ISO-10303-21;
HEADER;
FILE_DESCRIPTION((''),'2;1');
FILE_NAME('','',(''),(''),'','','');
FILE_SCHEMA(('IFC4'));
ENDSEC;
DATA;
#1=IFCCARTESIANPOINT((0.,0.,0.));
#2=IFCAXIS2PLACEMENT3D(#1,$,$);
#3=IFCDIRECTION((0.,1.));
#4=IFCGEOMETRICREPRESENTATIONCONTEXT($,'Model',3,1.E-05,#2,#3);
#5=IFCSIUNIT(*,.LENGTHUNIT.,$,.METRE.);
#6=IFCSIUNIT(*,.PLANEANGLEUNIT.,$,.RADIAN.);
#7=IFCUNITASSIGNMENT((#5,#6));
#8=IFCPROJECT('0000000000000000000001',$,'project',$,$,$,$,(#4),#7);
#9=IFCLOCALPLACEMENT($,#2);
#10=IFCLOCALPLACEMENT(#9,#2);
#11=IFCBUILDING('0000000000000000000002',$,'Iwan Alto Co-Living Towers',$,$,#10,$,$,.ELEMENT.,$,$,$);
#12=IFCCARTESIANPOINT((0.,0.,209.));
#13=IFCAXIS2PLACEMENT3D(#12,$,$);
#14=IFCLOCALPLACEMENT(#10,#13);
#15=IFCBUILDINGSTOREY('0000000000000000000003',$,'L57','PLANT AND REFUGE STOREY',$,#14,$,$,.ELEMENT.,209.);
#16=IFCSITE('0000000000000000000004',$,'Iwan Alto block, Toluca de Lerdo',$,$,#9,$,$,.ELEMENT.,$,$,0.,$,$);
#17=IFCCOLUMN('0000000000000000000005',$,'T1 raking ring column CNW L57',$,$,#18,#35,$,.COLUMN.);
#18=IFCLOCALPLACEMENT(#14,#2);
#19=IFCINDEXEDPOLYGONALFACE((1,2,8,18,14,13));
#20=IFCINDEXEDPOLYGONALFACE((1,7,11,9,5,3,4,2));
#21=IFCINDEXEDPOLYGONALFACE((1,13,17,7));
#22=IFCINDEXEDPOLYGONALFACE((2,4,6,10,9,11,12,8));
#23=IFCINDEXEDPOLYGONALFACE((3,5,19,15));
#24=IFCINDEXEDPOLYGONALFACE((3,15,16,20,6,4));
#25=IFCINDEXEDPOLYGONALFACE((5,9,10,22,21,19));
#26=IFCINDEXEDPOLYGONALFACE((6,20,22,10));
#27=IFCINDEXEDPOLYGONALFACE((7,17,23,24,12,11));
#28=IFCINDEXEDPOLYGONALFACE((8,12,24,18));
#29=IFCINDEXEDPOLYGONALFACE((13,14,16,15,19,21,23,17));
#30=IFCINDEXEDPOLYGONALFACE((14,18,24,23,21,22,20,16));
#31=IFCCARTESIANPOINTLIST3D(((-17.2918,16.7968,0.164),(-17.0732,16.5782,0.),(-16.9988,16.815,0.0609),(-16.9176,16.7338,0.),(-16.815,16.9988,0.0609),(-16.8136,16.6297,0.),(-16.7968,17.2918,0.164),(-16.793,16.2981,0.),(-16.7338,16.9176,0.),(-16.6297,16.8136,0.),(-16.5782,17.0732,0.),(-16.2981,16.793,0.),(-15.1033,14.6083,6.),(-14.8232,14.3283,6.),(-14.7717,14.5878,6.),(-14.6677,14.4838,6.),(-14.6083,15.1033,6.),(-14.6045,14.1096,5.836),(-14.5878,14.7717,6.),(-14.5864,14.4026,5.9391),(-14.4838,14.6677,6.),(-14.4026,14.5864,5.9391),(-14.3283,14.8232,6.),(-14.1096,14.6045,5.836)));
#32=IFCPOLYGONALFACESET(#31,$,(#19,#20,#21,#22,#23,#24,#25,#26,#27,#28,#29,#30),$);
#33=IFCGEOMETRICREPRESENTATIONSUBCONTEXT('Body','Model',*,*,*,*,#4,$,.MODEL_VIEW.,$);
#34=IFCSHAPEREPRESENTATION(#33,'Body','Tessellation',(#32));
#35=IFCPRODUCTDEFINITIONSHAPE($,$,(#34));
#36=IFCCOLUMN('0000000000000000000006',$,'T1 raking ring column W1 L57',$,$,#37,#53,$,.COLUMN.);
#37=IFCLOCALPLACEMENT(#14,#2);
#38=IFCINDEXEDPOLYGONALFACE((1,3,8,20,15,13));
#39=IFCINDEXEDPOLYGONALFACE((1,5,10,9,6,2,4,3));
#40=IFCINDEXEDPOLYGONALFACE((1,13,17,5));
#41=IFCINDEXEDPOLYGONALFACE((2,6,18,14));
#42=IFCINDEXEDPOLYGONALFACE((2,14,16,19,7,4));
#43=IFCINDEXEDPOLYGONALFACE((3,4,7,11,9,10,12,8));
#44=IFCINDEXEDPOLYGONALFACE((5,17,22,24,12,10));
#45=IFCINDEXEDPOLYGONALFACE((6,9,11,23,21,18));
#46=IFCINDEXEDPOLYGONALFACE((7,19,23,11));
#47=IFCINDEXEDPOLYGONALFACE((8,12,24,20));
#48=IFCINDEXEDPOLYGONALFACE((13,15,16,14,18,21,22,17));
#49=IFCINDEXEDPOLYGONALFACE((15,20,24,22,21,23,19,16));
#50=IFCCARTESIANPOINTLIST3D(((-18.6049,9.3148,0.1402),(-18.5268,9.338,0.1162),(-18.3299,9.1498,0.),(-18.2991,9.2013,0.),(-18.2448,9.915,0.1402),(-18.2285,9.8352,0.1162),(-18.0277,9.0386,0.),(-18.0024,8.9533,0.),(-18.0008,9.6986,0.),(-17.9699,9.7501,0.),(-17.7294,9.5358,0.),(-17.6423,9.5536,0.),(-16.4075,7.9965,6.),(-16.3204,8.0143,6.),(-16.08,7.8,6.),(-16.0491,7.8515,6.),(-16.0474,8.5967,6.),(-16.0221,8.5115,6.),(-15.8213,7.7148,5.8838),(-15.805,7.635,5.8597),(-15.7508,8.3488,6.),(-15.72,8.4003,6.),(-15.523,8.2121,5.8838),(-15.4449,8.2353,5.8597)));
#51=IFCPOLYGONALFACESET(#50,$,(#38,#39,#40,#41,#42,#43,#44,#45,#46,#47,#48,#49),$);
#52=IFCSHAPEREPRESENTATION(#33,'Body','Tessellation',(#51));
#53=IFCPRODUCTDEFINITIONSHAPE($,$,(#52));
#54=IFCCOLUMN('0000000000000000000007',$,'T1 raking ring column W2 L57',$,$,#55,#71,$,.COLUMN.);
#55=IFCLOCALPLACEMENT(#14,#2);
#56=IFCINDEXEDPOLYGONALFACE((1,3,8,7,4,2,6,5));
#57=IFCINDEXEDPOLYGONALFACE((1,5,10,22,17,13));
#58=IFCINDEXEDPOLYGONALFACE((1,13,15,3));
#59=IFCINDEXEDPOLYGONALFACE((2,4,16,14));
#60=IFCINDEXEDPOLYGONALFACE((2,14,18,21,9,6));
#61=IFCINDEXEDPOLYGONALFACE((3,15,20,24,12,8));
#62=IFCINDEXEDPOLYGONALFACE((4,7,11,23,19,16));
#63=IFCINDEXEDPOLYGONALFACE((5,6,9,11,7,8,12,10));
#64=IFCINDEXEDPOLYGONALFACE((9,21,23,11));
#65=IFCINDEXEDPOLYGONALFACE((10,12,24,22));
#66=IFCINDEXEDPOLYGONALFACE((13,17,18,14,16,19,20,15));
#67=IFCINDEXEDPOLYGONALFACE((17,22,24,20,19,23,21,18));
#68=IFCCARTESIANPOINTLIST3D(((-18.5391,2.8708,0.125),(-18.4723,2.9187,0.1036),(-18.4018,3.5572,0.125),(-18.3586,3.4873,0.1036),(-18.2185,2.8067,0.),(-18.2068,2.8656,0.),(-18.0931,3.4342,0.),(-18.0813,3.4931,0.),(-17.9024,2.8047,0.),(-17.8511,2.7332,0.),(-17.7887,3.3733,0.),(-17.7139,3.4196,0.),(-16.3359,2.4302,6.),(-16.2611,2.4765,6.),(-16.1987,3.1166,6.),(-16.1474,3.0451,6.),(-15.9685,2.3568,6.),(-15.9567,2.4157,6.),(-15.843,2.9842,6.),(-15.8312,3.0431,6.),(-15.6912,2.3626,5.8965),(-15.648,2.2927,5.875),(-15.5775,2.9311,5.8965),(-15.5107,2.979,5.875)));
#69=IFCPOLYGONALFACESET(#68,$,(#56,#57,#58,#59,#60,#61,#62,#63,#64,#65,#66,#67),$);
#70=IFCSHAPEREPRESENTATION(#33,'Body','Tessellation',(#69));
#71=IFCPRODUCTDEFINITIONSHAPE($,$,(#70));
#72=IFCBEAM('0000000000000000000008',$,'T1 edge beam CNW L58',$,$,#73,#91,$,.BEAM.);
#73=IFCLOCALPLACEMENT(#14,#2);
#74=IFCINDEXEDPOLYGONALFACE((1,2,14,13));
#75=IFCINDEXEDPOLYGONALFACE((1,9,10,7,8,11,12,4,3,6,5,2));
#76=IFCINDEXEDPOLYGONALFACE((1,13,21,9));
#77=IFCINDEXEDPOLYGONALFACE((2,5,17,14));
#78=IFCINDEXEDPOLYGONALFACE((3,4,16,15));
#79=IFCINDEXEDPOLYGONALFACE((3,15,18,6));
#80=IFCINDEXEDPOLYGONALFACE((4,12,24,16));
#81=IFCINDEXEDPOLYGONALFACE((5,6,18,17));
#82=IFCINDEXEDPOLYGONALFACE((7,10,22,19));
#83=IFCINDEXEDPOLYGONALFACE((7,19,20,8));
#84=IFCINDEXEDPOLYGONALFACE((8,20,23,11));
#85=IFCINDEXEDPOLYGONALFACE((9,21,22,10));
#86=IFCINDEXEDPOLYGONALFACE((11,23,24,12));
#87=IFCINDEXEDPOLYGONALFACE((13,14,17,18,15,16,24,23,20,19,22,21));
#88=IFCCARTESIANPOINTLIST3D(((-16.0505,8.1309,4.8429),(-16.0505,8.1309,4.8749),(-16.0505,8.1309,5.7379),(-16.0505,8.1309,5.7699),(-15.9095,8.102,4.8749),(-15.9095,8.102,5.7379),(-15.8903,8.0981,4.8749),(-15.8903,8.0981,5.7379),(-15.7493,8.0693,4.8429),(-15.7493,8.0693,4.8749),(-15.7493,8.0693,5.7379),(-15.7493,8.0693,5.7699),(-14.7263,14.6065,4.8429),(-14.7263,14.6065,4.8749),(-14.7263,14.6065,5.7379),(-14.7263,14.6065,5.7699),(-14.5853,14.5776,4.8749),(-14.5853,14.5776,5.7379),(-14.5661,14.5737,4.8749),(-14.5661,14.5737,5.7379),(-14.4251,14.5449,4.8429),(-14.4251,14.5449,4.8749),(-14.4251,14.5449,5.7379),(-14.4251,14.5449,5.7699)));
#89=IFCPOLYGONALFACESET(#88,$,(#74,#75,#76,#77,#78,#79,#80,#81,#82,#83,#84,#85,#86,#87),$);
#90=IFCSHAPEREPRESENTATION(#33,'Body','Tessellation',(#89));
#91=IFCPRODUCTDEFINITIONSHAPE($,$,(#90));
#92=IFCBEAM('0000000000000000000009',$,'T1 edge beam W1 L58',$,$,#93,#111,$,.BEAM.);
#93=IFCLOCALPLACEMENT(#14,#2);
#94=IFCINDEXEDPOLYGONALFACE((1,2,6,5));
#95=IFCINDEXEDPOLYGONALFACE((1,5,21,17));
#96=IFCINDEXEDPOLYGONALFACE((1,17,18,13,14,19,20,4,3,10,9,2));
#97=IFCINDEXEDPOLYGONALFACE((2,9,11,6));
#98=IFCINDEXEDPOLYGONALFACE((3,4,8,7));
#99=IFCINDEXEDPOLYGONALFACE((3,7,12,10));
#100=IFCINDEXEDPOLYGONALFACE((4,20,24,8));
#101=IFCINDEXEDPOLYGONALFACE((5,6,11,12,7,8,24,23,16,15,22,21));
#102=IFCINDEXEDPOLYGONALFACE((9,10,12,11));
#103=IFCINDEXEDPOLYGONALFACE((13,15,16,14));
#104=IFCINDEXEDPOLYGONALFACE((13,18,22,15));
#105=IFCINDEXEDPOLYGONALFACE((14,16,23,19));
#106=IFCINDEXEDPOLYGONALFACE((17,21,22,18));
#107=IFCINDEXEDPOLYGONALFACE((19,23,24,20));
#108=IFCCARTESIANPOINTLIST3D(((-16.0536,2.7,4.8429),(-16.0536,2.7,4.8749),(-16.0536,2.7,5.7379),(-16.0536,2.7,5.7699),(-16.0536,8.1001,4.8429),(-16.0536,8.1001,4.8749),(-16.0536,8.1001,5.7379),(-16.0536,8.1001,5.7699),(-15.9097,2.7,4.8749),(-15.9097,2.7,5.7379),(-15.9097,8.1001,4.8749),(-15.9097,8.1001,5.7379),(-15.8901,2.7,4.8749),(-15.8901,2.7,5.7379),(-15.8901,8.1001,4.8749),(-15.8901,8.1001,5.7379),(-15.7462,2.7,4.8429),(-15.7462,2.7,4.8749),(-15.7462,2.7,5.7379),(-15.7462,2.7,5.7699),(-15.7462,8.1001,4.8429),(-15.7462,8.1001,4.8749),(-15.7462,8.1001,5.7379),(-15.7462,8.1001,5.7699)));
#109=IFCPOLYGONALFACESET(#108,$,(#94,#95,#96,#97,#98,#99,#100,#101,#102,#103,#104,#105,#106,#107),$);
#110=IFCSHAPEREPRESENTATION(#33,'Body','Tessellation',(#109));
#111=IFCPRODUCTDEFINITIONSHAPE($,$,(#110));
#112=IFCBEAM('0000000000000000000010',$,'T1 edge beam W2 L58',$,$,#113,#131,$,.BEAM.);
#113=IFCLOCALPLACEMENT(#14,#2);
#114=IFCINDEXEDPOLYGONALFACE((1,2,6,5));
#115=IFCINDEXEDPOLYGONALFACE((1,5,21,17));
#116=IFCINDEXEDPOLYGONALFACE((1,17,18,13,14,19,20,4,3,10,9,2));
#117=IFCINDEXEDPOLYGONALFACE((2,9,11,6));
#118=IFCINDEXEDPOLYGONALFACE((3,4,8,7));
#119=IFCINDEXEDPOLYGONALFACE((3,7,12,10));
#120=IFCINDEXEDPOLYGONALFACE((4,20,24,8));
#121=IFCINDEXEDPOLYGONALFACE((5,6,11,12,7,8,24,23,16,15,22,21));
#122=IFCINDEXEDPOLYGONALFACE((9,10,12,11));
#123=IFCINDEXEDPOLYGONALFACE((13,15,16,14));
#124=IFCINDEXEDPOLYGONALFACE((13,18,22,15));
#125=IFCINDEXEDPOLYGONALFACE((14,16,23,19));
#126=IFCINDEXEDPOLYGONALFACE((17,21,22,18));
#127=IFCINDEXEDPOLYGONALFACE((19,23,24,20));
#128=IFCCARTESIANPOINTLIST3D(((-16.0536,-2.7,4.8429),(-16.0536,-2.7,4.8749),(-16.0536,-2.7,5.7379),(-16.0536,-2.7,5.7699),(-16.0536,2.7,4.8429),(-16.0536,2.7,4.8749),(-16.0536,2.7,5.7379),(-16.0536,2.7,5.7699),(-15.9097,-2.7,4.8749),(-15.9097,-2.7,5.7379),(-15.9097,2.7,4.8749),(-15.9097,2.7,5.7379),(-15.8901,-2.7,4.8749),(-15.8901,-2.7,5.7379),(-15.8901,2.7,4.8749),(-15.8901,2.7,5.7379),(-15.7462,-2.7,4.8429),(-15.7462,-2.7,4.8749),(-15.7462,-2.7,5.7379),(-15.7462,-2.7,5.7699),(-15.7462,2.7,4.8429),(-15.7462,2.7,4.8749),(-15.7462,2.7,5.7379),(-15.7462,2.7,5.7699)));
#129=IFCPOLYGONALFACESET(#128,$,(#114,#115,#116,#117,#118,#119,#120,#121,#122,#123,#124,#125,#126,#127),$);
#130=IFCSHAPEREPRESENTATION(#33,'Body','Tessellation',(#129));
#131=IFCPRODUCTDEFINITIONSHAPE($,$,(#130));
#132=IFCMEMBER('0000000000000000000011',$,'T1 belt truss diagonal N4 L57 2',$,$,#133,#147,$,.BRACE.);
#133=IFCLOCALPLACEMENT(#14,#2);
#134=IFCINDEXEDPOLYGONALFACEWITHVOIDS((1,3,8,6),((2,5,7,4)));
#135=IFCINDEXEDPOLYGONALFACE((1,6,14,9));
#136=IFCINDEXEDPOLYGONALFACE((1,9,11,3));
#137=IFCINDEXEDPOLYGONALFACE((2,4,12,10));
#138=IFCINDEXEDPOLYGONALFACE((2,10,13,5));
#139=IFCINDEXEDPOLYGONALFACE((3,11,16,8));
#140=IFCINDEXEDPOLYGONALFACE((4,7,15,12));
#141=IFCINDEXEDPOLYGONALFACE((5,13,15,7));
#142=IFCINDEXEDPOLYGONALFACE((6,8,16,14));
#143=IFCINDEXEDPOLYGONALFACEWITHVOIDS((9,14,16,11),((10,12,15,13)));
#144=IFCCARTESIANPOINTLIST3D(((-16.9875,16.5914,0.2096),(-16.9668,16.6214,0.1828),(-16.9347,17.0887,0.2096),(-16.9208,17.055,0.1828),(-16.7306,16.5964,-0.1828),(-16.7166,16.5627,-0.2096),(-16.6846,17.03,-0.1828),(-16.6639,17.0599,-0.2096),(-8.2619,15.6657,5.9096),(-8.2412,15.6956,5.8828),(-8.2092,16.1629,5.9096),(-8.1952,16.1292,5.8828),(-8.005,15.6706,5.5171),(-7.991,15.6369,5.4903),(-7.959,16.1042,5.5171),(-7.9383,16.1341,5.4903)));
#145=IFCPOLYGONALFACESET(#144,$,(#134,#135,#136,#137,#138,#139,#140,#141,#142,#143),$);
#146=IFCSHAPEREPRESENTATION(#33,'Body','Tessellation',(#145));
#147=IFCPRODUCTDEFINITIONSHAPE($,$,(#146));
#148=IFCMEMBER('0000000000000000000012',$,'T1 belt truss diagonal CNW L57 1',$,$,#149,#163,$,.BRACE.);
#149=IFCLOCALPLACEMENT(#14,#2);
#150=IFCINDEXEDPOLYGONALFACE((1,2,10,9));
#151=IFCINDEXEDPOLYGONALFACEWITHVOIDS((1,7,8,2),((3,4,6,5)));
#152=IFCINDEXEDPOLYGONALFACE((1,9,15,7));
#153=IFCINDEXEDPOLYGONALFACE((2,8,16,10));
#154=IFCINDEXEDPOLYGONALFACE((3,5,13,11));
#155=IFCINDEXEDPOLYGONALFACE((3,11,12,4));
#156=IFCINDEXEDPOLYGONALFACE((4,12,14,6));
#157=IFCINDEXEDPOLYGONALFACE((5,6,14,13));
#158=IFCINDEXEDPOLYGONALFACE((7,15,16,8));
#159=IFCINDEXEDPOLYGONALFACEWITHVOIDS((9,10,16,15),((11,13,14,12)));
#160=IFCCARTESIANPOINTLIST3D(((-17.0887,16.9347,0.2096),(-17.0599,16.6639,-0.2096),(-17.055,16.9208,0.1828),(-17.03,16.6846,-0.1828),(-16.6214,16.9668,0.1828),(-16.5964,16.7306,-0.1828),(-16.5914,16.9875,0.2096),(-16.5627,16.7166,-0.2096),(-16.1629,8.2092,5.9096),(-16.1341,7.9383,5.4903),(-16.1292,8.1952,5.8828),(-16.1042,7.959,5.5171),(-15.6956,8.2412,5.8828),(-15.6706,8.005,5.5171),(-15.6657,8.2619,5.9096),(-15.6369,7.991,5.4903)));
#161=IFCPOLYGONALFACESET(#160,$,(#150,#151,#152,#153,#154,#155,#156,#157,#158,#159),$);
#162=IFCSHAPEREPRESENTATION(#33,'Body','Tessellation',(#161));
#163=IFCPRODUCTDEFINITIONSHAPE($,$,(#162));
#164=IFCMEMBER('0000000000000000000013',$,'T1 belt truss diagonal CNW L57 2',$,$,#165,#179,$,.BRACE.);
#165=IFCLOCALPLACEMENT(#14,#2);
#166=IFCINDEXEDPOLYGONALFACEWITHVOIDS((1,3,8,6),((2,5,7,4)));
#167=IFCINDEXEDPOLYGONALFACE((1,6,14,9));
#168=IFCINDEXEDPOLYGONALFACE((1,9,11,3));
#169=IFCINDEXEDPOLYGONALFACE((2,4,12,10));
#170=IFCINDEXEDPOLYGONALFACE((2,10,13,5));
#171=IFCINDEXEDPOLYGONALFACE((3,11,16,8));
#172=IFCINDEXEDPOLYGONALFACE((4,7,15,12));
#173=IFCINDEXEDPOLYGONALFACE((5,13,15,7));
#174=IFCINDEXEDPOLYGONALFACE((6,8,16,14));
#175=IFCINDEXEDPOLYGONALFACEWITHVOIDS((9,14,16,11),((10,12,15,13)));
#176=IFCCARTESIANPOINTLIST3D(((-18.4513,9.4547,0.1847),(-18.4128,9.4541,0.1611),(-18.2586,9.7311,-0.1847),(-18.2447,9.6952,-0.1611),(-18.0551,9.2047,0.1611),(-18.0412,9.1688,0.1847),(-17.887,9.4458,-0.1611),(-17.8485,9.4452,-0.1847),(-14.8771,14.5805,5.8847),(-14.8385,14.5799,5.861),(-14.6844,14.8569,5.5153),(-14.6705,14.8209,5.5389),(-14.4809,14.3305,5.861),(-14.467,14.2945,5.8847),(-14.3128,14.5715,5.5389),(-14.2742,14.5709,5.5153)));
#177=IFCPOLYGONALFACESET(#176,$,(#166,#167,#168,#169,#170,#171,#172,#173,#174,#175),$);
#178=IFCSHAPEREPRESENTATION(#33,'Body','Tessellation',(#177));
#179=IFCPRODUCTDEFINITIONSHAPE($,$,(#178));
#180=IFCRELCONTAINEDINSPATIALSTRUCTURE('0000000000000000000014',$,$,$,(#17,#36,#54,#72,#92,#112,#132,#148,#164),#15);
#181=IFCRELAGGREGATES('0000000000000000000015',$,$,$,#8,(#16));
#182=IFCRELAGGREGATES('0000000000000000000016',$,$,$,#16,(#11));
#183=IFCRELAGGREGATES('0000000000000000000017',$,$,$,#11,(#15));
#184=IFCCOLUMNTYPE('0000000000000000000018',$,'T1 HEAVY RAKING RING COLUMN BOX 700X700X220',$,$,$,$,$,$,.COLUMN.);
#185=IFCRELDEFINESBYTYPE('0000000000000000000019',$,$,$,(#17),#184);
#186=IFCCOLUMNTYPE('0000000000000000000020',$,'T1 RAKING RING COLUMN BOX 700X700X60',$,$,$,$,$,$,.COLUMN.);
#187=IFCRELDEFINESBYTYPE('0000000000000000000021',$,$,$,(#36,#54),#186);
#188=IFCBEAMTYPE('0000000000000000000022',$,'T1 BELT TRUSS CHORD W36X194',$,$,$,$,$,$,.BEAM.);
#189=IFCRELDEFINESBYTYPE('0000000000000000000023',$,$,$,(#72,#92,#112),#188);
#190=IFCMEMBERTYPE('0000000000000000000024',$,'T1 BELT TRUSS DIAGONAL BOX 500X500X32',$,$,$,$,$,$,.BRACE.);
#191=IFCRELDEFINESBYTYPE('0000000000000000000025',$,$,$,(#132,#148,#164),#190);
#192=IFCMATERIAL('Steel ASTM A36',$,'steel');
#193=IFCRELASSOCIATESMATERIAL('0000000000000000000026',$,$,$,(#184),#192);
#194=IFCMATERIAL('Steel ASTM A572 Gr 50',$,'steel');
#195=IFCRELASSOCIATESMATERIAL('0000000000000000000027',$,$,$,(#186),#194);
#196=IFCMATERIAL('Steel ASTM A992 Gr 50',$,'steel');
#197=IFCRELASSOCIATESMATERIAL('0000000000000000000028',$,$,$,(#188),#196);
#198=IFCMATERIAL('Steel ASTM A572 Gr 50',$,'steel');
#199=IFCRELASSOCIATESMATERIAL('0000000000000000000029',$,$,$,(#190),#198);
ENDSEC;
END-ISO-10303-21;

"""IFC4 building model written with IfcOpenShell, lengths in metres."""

from ifc_helpers import new_model, si_unit, direction, frame, origin, origin_2d, place, context, subcontext, project, spatial, hollow_rectangle, i_section, extrude, clip, halfspace, material, material_profile, profile_set, type_object, element, save


model = new_model("IFC4")

# Units and contexts
model_context = context("Model", 3, precision=1e-05, world=origin(), true_north=direction((0.0, 1.0)))
body_context = subcontext(model_context, "Body", "Model", "MODEL_VIEW")
ifc_project = project(units=[si_unit("LENGTHUNIT", "METRE"), si_unit("PLANEANGLEUNIT", "RADIAN")], contexts=[model_context])

# Site, building, storey
site_placement = place(None, origin())
site = spatial("IfcSite", under=ifc_project, at=site_placement, Name="Iwan Alto block, Toluca de Lerdo", CompositionType="ELEMENT", RefElevation=0.0)
building_placement = place(site_placement, origin())
building = spatial("IfcBuilding", under=site, at=building_placement, Name="Iwan Alto Co-Living Towers", CompositionType="ELEMENT")
storey_placement = place(building_placement, frame((0.0, 0.0, 209.0)))
storey = spatial("IfcBuildingStorey", under=building, at=storey_placement, Name="L57", Description="PLANT AND REFUGE STOREY", CompositionType="ELEMENT", Elevation=209.0)

# Columns
ifc_material_1 = material(Name="Steel ASTM A36", Category="steel")
ifc_material_profile_1 = material_profile(ifc_material_1, hollow_rectangle(XDim=0.7, YDim=0.7, WallThickness=0.22, at=origin_2d()), Name="BOX 700X700X220")
ifc_profile_set_1 = profile_set([ifc_material_profile_1], Name="Steel ASTM A36")
column_type_1 = type_object("IfcColumnType", Name="T1 HEAVY RAKING RING COLUMN BOX 700X700X220", PredefinedType="COLUMN", material=ifc_profile_set_1)
column_1_placement = place(storey_placement, frame((-16.8257, 16.8257, 0.0), z_axis=(0.331295, -0.331295, 0.883452), x_axis=(0.707107, 0.707107, 0.0)))
element("IfcColumn", 1, at=column_1_placement, inside=storey, type_object=column_type_1, Name="T1 raking ring column CNW L57", PredefinedType="COLUMN", context=body_context, shape_type="Clipping", body=[
    clip(clip(extrude(hollow_rectangle(XDim=0.7, YDim=0.7, WallThickness=0.22, at=origin_2d()), origin(), (0.0, 0.0, 1.0), 6.7915), halfspace(frame((0.0, 0.0, 0.0), z_axis=(0.0, -0.468521, -0.883452), x_axis=(0.707107, -0.624695, 0.331295)), False)), halfspace(frame((0.0, 2.811, 5.3008), z_axis=(0.0, 0.468521, 0.883452), x_axis=(0.707107, -0.624695, 0.331295)), False)),
])
ifc_material_2 = material(Name="Steel ASTM A572 Gr 50", Category="steel")
ifc_material_profile_2 = material_profile(ifc_material_2, hollow_rectangle(XDim=0.7, YDim=0.7, WallThickness=0.0601, at=origin_2d()), Name="BOX 700X700X60")
ifc_profile_set_2 = profile_set([ifc_material_profile_2], Name="Steel ASTM A572 Gr 50")
column_type_2 = type_object("IfcColumnType", Name="T1 RAKING RING COLUMN BOX 700X700X60", PredefinedType="COLUMN", material=ifc_profile_set_2)
column_2_placement = place(storey_placement, frame((-18.1499, 9.45, 0.0), z_axis=(0.343583, -0.206128, 0.916222), x_axis=(0.514455, 0.857518, 0.0)))
element("IfcColumn", 2, at=column_2_placement, inside=storey, type_object=column_type_2, Name="T1 raking ring column W1 L57", PredefinedType="COLUMN", context=body_context, shape_type="Clipping", body=[
    clip(clip(extrude(hollow_rectangle(XDim=0.7, YDim=0.7, WallThickness=0.0601, at=origin_2d()), origin(), (0.0, 0.0, 1.0), 6.5486), halfspace(frame((0.0, 0.0, 0.0), z_axis=(0.0, -0.400672, -0.916222), x_axis=(0.514455, -0.785676, 0.343583)), False)), halfspace(frame((0.0, 2.4041, 5.4973), z_axis=(0.0, 0.400672, 0.916222), x_axis=(0.514455, -0.785676, 0.343583)), False)),
])
column_3_placement = place(storey_placement, frame((-18.1499, 3.1499, 0.0), z_axis=(0.350261, -0.070045, 0.934029), x_axis=(0.196096, 0.980585, 0.0)))
element("IfcColumn", 3, at=column_3_placement, inside=storey, type_object=column_type_2, Name="T1 raking ring column W2 L57", PredefinedType="COLUMN", context=body_context, shape_type="Clipping", body=[
    clip(clip(extrude(hollow_rectangle(XDim=0.7, YDim=0.7, WallThickness=0.0601, at=origin_2d()), origin(), (0.0, 0.0, 1.0), 6.4238), halfspace(frame((0.0, 0.0, 0.0), z_axis=(0.0, -0.357196, -0.934029), x_axis=(0.196096, -0.915895, 0.350261)), False)), halfspace(frame((0.0, 2.1431, 5.6042), z_axis=(0.0, 0.357196, 0.934029), x_axis=(0.196096, -0.915895, 0.350261)), False)),
])

# Beams
ifc_material_3 = material(Name="Steel ASTM A992 Gr 50", Category="steel")
ifc_material_profile_3 = material_profile(ifc_material_3, i_section(OverallWidth=0.3074, OverallDepth=0.927, WebThickness=0.0195, FlangeThickness=0.032, at=origin_2d()), Name="W36X194")
ifc_profile_set_3 = profile_set([ifc_material_profile_3], Name="Steel ASTM A992 Gr 50")
beam_type_1 = type_object("IfcBeamType", Name="T1 BELT TRUSS CHORD W36X194", PredefinedType="BEAM", material=ifc_profile_set_3)
beam_1_placement = place(storey_placement, frame((-14.5757, 14.5757, 5.3064), z_axis=(-0.200348, -0.979725, 0.0), x_axis=(0.979725, -0.200348, 0.0)))
element("IfcBeam", 4, at=beam_1_placement, inside=storey, type_object=beam_type_1, Name="T1 edge beam CNW L58", PredefinedType="BEAM", context=body_context, shape_type="SweptSolid", body=[
    extrude(i_section(OverallWidth=0.3074, OverallDepth=0.927, WebThickness=0.0195, FlangeThickness=0.032, at=origin_2d()), origin(), (0.0, 0.0, 1.0), 6.6096),
])
beam_2_placement = place(storey_placement, frame((-15.8999, 8.1001, 5.3064), z_axis=(0.0, -1.0, 0.0), x_axis=(1.0, 0.0, 0.0)))
element("IfcBeam", 5, at=beam_2_placement, inside=storey, type_object=beam_type_1, Name="T1 edge beam W1 L58", PredefinedType="BEAM", context=body_context, shape_type="SweptSolid", body=[
    extrude(i_section(OverallWidth=0.3074, OverallDepth=0.927, WebThickness=0.0195, FlangeThickness=0.032, at=origin_2d()), origin(), (0.0, 0.0, 1.0), 5.4001),
])
beam_3_placement = place(storey_placement, frame((-15.8999, 2.7, 5.3064), z_axis=(0.0, -1.0, 0.0), x_axis=(1.0, 0.0, 0.0)))
element("IfcBeam", 6, at=beam_3_placement, inside=storey, type_object=beam_type_1, Name="T1 edge beam W2 L58", PredefinedType="BEAM", context=body_context, shape_type="SweptSolid", body=[
    extrude(i_section(OverallWidth=0.3074, OverallDepth=0.927, WebThickness=0.0195, FlangeThickness=0.032, at=origin_2d()), origin(), (0.0, 0.0, 1.0), 5.3999),
])

# Members
ifc_material_4 = material(Name="Steel ASTM A572 Gr 50", Category="steel")
ifc_material_profile_4 = material_profile(ifc_material_4, hollow_rectangle(XDim=0.5, YDim=0.5, WallThickness=0.032, at=origin_2d()), Name="BOX 500X500X32")
ifc_profile_set_4 = profile_set([ifc_material_profile_4], Name="Steel ASTM A572 Gr 50")
member_type_1 = type_object("IfcMemberType", Name="T1 BELT TRUSS DIAGONAL BOX 500X500X32", PredefinedType="BRACE", material=ifc_profile_set_4)
for number, where, z_axis, x_axis, name in (
    (7, (-16.8257, 16.8257, 0.0), (0.833916, -0.088478, 0.544752), (0.105507, 0.994419, 0.0), "T1 belt truss diagonal N4 L57 2"),
    (8, (-16.8257, 16.8257, 0.0), (0.088478, -0.833916, 0.544752), (0.994419, 0.105507, 0.0), "T1 belt truss diagonal CNW L57 1"),
):
    element("IfcMember", number, at=place(storey_placement, frame(where, z_axis=z_axis, x_axis=x_axis)), inside=storey, type_object=member_type_1, Name=name, PredefinedType="BRACE", context=body_context, shape_type="SweptSolid", body=[
        extrude(hollow_rectangle(XDim=0.5, YDim=0.5, WallThickness=0.032, at=origin_2d()), origin(), (0.0, 0.0, 1.0), 10.4634),
    ])
member_1_placement = place(storey_placement, frame((-18.1499, 9.45, 0.0), z_axis=(0.422585, 0.606022, 0.673913), x_axis=(-0.820268, 0.57198, 0.0)))
element("IfcMember", 9, at=member_1_placement, inside=storey, type_object=member_type_1, Name="T1 belt truss diagonal CNW L57 2", PredefinedType="BRACE", context=body_context, shape_type="SweptSolid", body=[
    extrude(hollow_rectangle(XDim=0.5, YDim=0.5, WallThickness=0.032, at=origin_2d()), origin(), (0.0, 0.0, 1.0), 8.458),
])

save(model, "model.ifc")
